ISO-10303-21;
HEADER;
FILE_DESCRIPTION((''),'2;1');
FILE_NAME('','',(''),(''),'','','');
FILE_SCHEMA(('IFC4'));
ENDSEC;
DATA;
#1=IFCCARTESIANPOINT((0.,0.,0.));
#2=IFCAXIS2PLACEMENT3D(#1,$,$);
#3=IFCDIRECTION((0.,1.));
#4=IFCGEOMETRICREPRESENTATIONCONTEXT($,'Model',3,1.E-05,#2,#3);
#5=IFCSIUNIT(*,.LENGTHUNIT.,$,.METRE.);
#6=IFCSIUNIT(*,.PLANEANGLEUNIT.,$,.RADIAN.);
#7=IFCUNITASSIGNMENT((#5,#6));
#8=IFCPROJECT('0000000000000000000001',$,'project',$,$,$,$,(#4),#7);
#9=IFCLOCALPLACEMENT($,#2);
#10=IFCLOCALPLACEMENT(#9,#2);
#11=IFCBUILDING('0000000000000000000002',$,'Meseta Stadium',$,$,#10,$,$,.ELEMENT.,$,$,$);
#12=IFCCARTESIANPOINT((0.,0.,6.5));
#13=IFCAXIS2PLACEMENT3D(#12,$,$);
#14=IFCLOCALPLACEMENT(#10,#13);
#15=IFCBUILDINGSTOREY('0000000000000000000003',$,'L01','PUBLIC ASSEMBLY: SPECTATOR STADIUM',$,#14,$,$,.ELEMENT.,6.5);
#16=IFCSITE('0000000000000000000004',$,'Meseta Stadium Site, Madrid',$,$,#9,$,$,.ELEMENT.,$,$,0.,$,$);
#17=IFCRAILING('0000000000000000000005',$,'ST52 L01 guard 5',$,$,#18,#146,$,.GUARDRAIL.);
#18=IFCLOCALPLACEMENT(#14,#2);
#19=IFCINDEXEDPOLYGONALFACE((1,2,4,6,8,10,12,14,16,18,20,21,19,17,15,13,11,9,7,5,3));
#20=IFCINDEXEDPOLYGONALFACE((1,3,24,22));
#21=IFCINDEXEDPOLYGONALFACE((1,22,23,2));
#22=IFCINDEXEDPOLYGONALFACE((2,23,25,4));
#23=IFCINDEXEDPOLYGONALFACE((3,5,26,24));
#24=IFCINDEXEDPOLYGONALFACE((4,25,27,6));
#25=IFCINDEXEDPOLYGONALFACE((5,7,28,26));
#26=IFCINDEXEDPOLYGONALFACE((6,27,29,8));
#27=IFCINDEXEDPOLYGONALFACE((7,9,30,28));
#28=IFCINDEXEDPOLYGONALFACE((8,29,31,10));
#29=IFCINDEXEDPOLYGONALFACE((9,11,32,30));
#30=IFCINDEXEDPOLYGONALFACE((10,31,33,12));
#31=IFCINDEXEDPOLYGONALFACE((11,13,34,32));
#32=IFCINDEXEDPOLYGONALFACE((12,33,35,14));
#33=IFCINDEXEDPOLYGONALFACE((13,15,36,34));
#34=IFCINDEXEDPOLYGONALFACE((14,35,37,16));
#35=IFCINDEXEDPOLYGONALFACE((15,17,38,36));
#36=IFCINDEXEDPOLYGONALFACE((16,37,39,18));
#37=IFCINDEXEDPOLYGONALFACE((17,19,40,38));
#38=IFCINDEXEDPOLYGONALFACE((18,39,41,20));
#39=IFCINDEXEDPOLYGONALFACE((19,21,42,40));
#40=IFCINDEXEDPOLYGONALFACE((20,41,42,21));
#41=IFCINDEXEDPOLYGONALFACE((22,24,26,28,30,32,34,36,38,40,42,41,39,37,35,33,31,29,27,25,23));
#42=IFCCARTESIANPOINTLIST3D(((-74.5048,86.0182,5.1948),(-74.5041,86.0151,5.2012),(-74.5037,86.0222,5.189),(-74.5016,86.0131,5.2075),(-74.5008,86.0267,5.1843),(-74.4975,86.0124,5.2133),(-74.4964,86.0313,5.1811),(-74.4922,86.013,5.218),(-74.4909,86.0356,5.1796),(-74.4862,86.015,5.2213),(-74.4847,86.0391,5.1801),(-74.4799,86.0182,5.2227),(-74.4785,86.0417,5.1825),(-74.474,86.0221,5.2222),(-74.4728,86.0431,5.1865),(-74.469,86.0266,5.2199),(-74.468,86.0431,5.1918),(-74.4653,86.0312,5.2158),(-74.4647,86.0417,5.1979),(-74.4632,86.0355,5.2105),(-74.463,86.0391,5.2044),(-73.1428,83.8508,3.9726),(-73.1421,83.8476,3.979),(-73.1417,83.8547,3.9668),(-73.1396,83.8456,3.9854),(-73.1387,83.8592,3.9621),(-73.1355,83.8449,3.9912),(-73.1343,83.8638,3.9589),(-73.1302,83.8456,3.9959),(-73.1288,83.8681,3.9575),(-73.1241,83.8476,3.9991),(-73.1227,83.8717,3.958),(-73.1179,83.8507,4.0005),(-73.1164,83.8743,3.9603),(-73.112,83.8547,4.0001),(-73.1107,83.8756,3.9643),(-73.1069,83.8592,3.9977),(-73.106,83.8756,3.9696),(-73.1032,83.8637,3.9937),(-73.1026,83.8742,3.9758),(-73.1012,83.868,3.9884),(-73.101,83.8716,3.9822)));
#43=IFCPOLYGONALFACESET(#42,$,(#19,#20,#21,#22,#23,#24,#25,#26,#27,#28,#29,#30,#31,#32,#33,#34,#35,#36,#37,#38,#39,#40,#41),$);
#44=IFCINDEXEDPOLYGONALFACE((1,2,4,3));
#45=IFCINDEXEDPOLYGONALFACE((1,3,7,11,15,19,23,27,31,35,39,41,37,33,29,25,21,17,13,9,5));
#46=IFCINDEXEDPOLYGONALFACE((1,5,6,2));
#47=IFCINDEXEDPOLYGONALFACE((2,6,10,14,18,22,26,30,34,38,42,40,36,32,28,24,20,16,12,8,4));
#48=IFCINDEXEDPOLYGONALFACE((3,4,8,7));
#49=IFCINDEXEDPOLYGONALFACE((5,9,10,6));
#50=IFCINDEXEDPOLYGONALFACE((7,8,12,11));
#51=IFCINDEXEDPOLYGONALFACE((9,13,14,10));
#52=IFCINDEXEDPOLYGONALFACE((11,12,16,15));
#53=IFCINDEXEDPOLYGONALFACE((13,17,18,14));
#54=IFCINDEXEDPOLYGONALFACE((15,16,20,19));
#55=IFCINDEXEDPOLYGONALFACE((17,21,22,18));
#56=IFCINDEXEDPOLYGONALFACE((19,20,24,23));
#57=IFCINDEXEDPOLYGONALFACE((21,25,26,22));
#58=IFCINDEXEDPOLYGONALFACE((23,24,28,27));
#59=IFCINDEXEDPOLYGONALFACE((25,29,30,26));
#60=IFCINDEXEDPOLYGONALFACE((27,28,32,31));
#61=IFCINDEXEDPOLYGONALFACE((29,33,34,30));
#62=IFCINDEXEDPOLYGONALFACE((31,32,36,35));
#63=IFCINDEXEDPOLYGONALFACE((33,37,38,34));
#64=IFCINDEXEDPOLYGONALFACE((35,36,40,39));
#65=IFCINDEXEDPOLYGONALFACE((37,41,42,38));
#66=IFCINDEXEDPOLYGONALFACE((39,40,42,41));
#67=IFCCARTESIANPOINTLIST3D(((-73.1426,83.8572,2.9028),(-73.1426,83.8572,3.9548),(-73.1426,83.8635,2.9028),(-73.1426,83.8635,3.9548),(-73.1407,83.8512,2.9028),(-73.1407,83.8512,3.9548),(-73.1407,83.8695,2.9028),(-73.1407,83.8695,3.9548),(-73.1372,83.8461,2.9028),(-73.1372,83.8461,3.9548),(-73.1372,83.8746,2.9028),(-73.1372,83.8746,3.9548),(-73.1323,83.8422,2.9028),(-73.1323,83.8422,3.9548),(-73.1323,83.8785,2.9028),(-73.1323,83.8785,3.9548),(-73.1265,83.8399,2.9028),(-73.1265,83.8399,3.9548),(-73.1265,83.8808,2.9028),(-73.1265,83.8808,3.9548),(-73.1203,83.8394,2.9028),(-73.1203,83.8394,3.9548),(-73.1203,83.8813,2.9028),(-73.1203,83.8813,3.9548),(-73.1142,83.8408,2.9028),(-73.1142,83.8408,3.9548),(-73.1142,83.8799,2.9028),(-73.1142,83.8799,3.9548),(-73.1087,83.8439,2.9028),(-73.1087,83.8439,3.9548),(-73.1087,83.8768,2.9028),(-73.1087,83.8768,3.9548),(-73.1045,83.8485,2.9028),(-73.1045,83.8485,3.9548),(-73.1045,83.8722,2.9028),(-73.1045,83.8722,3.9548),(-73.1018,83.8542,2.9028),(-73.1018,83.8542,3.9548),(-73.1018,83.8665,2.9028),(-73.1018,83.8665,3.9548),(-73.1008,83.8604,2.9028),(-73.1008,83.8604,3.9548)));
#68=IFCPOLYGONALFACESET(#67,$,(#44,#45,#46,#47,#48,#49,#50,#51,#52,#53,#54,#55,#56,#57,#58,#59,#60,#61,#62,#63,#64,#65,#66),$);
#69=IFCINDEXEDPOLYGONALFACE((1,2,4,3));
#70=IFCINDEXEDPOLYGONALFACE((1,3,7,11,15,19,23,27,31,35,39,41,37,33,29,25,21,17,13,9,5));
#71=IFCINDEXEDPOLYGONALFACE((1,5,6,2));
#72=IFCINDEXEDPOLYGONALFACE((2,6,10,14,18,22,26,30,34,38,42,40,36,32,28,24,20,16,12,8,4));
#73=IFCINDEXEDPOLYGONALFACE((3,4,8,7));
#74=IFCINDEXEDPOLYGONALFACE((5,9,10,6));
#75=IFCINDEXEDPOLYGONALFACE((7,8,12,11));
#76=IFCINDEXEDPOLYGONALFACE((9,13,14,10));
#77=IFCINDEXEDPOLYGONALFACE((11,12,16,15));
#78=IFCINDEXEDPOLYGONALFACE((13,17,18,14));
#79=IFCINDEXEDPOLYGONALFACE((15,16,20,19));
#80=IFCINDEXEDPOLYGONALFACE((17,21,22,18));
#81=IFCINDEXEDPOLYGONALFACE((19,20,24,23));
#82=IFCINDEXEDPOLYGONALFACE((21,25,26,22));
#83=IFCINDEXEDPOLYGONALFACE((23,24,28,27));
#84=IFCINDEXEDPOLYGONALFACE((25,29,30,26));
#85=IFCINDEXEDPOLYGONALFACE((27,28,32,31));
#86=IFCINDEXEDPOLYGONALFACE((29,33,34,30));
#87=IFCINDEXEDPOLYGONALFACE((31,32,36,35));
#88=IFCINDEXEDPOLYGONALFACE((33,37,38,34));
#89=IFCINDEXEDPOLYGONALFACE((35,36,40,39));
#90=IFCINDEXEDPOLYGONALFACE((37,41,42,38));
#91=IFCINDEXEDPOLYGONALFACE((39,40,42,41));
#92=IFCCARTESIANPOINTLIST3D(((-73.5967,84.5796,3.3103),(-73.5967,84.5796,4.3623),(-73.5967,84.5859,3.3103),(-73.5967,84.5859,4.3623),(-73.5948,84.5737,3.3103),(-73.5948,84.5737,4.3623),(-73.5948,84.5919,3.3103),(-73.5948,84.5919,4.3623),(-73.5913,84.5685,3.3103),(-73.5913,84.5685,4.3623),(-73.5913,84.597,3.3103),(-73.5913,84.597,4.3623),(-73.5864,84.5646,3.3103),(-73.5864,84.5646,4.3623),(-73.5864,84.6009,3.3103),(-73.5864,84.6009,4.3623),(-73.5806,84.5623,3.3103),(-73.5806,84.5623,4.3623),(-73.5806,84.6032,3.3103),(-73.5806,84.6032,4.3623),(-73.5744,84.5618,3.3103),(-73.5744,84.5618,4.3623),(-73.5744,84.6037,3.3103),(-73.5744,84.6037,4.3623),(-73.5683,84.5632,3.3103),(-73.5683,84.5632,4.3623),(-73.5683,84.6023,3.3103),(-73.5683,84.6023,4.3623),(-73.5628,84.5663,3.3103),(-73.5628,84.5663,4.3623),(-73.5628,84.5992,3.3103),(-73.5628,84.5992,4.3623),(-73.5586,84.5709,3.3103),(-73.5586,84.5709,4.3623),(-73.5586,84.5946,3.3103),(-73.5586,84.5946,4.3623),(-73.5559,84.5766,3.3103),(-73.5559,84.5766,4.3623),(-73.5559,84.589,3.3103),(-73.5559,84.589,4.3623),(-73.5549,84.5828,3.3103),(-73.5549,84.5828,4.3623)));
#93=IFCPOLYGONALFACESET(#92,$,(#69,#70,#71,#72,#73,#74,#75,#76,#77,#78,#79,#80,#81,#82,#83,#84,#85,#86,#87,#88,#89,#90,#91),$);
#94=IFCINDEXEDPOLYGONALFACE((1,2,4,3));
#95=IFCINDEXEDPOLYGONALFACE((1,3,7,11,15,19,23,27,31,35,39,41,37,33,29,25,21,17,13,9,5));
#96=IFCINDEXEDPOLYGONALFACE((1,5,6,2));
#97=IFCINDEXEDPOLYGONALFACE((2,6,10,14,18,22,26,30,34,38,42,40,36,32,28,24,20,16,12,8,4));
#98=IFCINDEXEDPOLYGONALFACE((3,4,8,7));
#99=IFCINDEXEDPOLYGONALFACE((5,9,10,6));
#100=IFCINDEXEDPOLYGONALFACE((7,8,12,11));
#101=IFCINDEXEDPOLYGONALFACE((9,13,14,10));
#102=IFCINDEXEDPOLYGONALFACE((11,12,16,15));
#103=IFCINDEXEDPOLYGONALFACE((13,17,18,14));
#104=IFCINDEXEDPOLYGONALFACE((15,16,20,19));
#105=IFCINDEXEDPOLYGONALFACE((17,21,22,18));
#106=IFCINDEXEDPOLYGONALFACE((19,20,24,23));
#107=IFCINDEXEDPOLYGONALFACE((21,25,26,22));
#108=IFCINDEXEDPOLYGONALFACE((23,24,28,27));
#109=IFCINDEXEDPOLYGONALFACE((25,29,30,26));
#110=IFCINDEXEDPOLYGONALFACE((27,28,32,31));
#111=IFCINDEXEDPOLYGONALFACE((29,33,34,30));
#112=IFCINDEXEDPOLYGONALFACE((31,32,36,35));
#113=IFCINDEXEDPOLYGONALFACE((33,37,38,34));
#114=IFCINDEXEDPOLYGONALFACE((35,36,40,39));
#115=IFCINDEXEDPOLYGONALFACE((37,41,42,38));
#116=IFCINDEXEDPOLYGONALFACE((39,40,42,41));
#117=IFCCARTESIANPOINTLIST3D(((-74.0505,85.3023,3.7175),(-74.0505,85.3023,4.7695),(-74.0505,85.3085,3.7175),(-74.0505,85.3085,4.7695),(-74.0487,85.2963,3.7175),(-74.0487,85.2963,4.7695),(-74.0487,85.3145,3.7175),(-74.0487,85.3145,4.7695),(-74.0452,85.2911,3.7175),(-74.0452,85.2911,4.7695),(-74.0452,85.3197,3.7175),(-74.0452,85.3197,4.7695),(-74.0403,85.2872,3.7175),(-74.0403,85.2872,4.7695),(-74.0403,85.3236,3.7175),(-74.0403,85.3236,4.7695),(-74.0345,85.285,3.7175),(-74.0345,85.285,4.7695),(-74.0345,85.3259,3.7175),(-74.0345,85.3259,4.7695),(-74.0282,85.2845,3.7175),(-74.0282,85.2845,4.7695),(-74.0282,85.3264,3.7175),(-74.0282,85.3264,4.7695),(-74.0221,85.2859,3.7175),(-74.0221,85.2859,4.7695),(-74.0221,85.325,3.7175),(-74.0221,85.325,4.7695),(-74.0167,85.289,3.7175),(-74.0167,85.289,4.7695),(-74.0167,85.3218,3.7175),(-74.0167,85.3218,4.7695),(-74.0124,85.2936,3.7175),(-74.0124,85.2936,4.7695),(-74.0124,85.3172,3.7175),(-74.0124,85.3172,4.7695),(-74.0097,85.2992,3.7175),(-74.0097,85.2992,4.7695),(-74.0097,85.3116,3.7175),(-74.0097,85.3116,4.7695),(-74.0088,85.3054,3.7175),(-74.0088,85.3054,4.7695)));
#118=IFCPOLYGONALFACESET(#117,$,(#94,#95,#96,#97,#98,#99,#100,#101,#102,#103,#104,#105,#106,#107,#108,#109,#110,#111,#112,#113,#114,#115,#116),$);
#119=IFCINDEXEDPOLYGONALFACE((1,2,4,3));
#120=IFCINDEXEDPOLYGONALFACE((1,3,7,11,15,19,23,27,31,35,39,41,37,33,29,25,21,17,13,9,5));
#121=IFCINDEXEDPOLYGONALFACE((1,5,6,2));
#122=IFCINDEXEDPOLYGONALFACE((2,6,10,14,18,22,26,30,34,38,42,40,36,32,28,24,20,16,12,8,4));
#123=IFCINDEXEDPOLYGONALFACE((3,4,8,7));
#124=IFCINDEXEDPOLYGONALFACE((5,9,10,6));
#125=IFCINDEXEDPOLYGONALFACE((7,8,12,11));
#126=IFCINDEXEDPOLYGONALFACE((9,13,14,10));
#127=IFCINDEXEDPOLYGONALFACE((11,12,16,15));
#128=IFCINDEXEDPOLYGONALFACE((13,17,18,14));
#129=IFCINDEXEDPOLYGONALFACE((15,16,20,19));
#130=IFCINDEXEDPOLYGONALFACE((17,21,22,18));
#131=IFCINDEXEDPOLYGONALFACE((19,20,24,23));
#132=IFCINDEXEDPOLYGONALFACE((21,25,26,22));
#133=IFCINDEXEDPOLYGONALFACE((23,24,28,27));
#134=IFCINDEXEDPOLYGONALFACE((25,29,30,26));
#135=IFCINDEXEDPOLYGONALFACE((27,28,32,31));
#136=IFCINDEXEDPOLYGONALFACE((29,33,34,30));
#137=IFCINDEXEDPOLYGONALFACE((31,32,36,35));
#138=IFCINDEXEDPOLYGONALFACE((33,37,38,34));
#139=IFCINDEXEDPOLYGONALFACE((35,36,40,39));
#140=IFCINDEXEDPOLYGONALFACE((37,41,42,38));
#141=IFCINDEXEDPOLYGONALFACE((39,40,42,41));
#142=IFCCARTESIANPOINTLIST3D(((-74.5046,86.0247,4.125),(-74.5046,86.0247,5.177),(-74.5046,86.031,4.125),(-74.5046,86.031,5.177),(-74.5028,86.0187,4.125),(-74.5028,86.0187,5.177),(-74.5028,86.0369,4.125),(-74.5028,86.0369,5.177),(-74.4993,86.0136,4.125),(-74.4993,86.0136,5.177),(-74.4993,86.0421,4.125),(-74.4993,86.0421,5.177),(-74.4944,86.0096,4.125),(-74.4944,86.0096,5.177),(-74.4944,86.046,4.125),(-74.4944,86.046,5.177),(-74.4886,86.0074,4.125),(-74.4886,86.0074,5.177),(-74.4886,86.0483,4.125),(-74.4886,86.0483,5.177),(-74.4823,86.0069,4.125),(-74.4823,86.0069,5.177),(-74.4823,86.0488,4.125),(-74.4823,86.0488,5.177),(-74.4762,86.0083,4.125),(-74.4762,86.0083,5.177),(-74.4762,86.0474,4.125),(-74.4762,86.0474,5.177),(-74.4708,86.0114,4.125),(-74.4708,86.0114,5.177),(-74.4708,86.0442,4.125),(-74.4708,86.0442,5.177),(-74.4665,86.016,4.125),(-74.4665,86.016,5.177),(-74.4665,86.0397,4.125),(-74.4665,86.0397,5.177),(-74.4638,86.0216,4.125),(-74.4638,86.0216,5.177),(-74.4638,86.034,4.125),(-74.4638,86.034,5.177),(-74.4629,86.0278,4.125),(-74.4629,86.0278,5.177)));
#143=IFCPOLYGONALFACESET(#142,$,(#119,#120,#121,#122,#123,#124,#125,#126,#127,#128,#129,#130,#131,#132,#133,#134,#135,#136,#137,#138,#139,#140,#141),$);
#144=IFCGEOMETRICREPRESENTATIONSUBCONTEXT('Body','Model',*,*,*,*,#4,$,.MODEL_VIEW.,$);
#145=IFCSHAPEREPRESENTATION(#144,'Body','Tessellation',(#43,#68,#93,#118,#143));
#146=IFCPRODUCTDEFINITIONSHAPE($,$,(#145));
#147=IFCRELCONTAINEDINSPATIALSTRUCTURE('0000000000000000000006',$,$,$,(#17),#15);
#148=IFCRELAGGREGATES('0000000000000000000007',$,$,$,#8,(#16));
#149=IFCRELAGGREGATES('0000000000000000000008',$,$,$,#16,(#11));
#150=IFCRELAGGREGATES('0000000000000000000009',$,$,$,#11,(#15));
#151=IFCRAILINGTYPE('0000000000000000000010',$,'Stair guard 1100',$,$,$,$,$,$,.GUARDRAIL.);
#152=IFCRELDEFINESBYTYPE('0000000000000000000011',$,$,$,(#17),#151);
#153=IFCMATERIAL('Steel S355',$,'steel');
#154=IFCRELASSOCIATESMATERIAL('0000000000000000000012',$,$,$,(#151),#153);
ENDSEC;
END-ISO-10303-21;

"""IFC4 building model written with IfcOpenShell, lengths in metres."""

from ifc_helpers import new_model, si_unit, direction, frame, origin, origin_2d, place, context, subcontext, project, spatial, circle, extrude, material, type_object, element, save


model = new_model("IFC4")

# Units and contexts
model_context = context("Model", 3, precision=1e-05, world=origin(), true_north=direction((0.0, 1.0)))
body_context = subcontext(model_context, "Body", "Model", "MODEL_VIEW")
ifc_project = project(units=[si_unit("LENGTHUNIT", "METRE"), si_unit("PLANEANGLEUNIT", "RADIAN")], contexts=[model_context])

# Site, building, storey
site_placement = place(None, origin())
site = spatial("IfcSite", under=ifc_project, at=site_placement, Name="Meseta Stadium Site, Madrid", CompositionType="ELEMENT", RefElevation=0.0)
building_placement = place(site_placement, origin())
building = spatial("IfcBuilding", under=site, at=building_placement, Name="Meseta Stadium", CompositionType="ELEMENT")
storey_placement = place(building_placement, frame((0.0, 0.0, 6.5)))
storey = spatial("IfcBuildingStorey", under=building, at=storey_placement, Name="L01", Description="PUBLIC ASSEMBLY: SPECTATOR STADIUM", CompositionType="ELEMENT", Elevation=6.5)

# Railing
ifc_material_1 = material(Name="Steel S355", Category="steel")
railing_type_1 = type_object("IfcRailingType", Name="Stair guard 1100", PredefinedType="GUARDRAIL", material=ifc_material_1)
railing_1_placement = place(storey_placement, frame((-73.1218, 83.8604, 2.9028)))
element("IfcRailing", 1, at=railing_1_placement, inside=storey, type_object=railing_type_1, Name="ST52 L01 guard 5", PredefinedType="GUARDRAIL", context=body_context, shape_type="SweptSolid", body=[
    extrude(circle(Radius=0.0239, at=origin_2d()), frame((0.0, 0.0, 1.0762), z_axis=(-0.480156, 0.764085, 0.430841), x_axis=(-0.846699, -0.532072, 0.0)), (0.0, 0.0, 1.0), 2.8367),
    extrude(circle(Radius=0.021, at=origin_2d()), origin(), (0.0, 0.0, 1.0), 1.052),
    extrude(circle(Radius=0.021, at=origin_2d()), frame((-0.4541, 0.7224, 0.4075)), (0.0, 0.0, 1.0), 1.052),
    extrude(circle(Radius=0.021, at=origin_2d()), frame((-0.908, 1.4451, 0.8147)), (0.0, 0.0, 1.0), 1.052),
    extrude(circle(Radius=0.021, at=origin_2d()), frame((-1.3621, 2.1675, 1.2222)), (0.0, 0.0, 1.0), 1.052),
])

save(model, "model.ifc")
